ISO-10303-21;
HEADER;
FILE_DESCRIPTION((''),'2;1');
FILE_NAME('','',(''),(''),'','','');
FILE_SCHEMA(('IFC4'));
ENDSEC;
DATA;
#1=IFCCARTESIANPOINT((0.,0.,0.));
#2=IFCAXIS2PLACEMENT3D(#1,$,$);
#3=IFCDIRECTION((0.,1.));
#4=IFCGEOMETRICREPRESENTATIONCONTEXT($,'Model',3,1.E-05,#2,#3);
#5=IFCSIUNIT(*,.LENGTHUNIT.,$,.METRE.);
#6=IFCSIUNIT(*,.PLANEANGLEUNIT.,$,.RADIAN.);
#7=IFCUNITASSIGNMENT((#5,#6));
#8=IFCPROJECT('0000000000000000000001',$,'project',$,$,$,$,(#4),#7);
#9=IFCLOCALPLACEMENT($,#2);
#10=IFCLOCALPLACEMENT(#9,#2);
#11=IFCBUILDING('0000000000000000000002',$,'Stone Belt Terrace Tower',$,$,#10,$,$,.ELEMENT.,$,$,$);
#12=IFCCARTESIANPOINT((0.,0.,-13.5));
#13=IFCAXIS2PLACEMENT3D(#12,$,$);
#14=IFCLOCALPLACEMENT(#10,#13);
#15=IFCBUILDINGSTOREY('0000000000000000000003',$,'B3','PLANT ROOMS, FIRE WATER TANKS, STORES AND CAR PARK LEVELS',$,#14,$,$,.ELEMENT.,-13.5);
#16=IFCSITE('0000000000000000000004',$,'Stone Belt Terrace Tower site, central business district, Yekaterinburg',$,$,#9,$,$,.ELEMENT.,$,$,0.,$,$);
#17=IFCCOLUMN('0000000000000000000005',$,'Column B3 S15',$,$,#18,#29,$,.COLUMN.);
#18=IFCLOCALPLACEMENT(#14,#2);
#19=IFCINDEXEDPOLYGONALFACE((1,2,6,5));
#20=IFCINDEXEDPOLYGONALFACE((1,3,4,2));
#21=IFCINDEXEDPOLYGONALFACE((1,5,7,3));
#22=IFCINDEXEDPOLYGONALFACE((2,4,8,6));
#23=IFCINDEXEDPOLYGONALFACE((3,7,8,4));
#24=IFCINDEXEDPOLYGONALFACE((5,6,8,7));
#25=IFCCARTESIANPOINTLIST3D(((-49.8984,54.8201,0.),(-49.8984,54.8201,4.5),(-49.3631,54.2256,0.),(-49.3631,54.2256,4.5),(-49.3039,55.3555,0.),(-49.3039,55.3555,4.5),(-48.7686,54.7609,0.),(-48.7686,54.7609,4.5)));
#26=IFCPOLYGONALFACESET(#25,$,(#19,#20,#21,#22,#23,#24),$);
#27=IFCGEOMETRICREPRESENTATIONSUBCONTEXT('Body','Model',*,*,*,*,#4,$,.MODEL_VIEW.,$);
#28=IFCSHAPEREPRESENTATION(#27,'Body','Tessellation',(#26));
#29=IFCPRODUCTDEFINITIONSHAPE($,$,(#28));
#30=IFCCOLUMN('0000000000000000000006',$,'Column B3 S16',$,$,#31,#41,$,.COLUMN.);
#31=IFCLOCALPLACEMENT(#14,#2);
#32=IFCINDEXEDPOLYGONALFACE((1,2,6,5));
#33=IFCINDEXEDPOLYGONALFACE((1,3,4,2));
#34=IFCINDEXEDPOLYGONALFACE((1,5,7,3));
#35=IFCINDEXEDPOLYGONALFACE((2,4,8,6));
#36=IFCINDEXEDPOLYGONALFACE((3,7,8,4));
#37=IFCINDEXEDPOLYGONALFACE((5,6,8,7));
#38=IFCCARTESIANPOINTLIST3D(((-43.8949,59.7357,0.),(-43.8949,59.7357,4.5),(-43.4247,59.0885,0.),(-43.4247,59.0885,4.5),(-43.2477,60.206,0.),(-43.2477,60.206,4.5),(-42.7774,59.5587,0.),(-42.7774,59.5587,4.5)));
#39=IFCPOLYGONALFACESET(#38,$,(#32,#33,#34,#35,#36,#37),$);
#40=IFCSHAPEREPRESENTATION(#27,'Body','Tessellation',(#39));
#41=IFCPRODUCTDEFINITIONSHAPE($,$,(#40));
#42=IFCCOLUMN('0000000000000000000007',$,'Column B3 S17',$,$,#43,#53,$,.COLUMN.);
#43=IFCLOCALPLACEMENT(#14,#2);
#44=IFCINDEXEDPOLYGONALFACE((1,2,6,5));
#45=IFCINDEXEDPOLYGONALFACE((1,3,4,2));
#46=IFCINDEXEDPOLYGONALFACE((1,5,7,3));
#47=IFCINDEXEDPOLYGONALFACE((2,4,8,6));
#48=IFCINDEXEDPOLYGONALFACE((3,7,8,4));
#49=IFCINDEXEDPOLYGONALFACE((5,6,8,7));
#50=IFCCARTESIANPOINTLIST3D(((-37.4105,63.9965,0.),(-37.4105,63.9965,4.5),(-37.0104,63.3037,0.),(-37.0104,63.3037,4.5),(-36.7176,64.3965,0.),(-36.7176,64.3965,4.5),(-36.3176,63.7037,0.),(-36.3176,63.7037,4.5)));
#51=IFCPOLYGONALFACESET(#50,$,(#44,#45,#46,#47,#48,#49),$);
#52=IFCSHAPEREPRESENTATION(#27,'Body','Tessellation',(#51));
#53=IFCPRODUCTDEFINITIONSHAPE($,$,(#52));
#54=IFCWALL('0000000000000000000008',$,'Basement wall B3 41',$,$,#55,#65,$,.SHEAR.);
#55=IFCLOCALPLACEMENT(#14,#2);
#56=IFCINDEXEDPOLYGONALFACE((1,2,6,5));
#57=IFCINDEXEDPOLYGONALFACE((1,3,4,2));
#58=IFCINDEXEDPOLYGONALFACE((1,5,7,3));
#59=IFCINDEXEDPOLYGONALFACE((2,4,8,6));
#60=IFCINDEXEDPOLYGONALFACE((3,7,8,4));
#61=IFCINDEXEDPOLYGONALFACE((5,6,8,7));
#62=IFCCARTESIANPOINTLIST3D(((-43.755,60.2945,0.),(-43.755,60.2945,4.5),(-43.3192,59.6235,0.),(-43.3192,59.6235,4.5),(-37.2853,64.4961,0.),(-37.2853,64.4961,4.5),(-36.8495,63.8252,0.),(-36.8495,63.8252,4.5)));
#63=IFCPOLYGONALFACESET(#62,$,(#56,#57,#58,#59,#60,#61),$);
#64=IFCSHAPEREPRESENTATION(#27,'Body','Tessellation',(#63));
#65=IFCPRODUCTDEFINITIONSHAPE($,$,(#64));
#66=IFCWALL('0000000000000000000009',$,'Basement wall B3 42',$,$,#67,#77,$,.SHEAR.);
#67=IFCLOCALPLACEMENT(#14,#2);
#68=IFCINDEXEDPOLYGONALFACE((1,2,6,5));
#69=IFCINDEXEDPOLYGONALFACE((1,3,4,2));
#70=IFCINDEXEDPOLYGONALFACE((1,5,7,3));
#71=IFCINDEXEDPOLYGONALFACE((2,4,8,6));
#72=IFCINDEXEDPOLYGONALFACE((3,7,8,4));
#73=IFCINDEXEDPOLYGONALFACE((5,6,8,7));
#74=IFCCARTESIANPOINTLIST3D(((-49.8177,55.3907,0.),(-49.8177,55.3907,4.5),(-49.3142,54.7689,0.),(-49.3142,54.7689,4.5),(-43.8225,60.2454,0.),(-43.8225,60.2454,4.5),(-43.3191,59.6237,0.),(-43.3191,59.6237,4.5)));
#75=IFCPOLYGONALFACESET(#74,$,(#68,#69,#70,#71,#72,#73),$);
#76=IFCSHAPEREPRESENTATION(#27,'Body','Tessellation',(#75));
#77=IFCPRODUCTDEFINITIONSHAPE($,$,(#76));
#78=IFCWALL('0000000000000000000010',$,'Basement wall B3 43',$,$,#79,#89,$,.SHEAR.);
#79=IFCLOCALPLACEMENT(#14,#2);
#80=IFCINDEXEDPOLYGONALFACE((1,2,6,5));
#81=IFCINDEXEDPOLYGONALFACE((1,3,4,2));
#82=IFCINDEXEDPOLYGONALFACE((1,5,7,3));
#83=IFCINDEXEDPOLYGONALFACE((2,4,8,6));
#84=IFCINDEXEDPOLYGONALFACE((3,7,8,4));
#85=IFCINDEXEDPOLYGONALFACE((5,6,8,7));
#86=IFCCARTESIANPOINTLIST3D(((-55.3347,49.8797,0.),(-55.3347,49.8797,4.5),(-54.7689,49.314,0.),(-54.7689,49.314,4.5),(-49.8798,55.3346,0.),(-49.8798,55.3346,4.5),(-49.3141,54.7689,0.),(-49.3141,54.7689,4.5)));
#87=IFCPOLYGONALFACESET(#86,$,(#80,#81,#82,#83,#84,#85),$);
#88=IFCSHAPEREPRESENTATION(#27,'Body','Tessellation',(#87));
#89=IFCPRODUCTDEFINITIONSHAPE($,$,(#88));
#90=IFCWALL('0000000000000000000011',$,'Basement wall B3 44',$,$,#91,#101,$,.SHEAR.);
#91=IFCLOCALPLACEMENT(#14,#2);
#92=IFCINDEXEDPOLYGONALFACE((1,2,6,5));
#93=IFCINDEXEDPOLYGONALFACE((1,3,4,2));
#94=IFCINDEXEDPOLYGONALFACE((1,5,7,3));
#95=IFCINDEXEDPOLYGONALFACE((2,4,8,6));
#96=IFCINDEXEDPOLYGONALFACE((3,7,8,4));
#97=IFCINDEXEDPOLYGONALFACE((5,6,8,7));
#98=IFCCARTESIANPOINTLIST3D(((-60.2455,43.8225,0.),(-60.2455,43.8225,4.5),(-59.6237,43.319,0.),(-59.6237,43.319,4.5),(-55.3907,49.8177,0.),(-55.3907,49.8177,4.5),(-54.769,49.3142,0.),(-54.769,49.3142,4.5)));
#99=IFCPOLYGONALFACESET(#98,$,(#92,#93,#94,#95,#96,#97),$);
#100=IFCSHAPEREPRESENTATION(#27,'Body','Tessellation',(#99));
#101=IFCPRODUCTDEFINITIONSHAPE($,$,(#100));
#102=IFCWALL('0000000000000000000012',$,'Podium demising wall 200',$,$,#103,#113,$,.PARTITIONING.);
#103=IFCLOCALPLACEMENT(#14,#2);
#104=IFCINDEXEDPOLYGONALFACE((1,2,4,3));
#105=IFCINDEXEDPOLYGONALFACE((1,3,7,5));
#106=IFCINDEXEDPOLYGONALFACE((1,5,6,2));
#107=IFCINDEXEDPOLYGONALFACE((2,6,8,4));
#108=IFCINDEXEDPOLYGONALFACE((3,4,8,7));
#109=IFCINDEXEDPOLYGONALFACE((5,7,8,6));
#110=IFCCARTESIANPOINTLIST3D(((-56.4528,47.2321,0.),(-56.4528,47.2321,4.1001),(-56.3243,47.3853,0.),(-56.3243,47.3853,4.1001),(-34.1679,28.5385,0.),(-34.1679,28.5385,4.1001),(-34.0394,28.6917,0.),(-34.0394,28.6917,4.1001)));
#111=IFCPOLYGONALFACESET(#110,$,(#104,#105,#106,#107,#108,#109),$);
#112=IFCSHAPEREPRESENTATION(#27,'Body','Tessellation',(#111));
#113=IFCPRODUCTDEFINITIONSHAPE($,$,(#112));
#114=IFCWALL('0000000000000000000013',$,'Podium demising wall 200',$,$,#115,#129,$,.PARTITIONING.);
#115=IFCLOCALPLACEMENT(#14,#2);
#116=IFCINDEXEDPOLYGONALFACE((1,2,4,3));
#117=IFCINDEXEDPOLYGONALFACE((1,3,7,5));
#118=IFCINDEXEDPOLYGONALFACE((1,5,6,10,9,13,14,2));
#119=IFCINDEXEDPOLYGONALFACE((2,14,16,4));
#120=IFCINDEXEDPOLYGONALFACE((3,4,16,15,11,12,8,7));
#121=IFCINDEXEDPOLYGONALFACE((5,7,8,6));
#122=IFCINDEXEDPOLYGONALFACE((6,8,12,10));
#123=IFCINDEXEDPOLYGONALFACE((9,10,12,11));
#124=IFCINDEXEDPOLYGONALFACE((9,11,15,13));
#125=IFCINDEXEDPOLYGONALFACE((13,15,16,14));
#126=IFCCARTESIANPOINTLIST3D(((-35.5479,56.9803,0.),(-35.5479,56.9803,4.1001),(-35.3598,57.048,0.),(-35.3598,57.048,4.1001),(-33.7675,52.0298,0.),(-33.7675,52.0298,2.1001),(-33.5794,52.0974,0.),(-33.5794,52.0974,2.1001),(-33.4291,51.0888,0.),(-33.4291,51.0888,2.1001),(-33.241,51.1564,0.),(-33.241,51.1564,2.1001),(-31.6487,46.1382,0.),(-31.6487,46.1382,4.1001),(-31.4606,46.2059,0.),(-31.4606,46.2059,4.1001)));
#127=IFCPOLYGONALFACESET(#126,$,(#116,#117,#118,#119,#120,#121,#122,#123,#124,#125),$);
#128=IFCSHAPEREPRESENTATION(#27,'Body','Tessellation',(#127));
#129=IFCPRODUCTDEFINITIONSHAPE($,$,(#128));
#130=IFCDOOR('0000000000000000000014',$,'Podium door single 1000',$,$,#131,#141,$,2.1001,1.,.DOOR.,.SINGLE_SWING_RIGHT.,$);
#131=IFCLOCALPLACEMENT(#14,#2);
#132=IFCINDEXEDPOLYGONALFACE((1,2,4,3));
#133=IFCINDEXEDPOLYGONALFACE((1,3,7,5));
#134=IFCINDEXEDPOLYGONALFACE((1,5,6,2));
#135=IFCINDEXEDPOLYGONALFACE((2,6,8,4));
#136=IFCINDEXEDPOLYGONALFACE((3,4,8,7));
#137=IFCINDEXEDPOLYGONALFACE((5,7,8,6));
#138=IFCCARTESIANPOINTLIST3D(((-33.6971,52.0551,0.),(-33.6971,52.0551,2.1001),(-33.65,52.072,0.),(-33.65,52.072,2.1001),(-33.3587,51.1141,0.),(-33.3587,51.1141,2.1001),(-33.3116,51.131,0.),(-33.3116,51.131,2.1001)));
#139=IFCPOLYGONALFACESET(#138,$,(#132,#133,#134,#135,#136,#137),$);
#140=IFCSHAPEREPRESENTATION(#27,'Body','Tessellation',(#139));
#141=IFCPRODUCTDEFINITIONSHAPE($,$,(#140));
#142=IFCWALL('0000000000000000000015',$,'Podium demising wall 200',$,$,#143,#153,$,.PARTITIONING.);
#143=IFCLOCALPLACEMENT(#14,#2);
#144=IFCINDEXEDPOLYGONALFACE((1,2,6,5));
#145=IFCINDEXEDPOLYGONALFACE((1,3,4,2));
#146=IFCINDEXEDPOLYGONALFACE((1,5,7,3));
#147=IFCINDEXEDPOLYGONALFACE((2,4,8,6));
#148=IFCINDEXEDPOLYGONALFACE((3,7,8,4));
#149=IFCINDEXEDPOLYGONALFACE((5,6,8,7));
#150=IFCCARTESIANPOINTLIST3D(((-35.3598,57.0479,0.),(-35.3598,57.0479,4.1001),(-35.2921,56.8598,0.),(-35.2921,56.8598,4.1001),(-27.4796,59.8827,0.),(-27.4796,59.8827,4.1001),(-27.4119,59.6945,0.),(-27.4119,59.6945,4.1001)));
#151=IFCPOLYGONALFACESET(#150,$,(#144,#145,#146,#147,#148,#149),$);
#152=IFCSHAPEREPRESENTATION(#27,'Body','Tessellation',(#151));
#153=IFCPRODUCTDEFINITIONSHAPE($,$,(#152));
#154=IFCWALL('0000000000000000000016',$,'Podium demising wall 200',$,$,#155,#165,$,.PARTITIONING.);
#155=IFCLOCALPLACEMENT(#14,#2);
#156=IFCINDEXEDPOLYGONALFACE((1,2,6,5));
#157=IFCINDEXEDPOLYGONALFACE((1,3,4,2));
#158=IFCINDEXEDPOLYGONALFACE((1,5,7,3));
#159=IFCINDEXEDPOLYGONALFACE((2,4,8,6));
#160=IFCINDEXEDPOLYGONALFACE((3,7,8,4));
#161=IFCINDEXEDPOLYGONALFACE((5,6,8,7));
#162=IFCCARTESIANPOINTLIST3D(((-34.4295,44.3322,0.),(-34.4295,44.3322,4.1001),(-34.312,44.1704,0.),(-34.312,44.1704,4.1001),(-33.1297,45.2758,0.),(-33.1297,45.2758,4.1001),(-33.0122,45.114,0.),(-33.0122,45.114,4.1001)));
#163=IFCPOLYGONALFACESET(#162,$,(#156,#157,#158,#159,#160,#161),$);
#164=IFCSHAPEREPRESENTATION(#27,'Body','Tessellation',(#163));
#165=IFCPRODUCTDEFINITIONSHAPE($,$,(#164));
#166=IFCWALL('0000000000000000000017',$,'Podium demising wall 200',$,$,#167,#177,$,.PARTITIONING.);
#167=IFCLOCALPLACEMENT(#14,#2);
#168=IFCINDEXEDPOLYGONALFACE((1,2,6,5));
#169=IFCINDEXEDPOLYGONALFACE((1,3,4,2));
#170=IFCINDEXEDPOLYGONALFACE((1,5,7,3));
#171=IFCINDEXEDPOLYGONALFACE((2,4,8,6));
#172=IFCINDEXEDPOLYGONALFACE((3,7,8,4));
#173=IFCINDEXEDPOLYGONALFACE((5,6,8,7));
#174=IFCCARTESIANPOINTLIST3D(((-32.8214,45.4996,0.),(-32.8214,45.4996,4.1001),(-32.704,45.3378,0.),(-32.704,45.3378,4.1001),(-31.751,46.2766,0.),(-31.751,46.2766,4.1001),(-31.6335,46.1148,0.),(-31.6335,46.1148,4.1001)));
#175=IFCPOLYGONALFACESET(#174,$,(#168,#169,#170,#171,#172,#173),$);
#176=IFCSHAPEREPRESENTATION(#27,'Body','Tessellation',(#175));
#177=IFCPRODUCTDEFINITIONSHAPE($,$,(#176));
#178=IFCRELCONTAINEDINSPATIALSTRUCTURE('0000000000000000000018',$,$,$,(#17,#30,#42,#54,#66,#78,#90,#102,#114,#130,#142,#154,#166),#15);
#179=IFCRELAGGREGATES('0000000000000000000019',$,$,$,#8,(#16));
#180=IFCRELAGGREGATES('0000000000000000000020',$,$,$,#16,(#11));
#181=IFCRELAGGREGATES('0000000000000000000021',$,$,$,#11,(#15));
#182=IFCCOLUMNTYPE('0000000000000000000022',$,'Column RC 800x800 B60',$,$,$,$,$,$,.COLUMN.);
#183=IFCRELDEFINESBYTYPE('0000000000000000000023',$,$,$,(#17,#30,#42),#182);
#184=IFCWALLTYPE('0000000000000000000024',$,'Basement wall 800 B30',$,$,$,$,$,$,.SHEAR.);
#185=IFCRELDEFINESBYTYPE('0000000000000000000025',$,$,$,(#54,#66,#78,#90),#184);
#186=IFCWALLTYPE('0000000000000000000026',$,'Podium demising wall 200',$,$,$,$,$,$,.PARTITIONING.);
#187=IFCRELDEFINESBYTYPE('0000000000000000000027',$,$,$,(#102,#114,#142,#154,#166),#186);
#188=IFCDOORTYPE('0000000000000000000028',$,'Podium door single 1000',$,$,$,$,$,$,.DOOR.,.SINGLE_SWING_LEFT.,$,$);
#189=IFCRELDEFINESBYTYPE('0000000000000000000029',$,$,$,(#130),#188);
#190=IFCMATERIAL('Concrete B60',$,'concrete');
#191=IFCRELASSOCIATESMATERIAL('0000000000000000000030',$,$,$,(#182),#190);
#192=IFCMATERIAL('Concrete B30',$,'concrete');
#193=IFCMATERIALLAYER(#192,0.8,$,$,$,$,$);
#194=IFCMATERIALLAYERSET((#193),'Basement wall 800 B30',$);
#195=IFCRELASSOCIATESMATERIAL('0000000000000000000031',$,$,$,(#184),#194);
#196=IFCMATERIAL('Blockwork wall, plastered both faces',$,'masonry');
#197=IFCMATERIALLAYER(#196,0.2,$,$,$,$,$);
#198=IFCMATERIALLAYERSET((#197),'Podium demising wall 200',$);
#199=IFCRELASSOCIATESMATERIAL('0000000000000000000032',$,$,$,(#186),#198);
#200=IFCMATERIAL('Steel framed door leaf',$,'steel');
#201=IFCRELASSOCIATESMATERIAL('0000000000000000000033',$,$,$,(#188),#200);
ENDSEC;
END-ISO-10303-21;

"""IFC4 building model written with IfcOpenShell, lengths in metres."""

from ifc_helpers import new_model, si_unit, direction, frame, frame_2d, origin, origin_2d, place, context, subcontext, project, spatial, rectangle, extrude, material, layer, layer_set, material_profile, profile_set, type_object, element, fill, save


model = new_model("IFC4")

# Units and contexts
model_context = context("Model", 3, precision=1e-05, world=origin(), true_north=direction((0.0, 1.0)))
body_context = subcontext(model_context, "Body", "Model", "MODEL_VIEW")
ifc_project = project(units=[si_unit("LENGTHUNIT", "METRE"), si_unit("PLANEANGLEUNIT", "RADIAN")], contexts=[model_context])

# Site, building, storey
site_placement = place(None, origin())
site = spatial("IfcSite", under=ifc_project, at=site_placement, Name="Stone Belt Terrace Tower site, central business district, Yekaterinburg", CompositionType="ELEMENT", RefElevation=0.0)
building_placement = place(site_placement, origin())
building = spatial("IfcBuilding", under=site, at=building_placement, Name="Stone Belt Terrace Tower", CompositionType="ELEMENT")
storey_placement = place(building_placement, frame((0.0, 0.0, -13.5)))
storey = spatial("IfcBuildingStorey", under=building, at=storey_placement, Name="B3", Description="PLANT ROOMS, FIRE WATER TANKS, STORES AND CAR PARK LEVELS", CompositionType="ELEMENT", Elevation=-13.5)

# Columns
ifc_material_1 = material(Name="Concrete B60", Category="concrete")
ifc_material_profile_1 = material_profile(ifc_material_1, rectangle(XDim=0.8, YDim=0.8, at=origin_2d()), Name="RC 800x800")
ifc_profile_set_1 = profile_set([ifc_material_profile_1], Name="Concrete B60")
column_type_1 = type_object("IfcColumnType", Name="Column RC 800x800 B60", PredefinedType="COLUMN", material=ifc_profile_set_1)
for number, where, z_axis, x_axis, name in (
    (1, (-49.3335, 54.7905, 0.0), (0.0, 0.0, 1.0), (0.743145, 0.669131, 0.0), "Column B3 S15"),
    (2, (-43.3362, 59.6472, 0.0), (0.0, 0.0, 1.0), (0.809017, 0.587785, 0.0), "Column B3 S16"),
    (3, (-36.864, 63.8501, 0.0), (0.0, 0.0, 1.0), (0.866025, 0.5, 0.0), "Column B3 S17"),
):
    element("IfcColumn", number, at=place(storey_placement, frame(where, z_axis=z_axis, x_axis=x_axis)), inside=storey, type_object=column_type_1, Name=name, PredefinedType="COLUMN", context=body_context, shape_type="SweptSolid", body=[
        extrude(rectangle(XDim=0.8, YDim=0.8, at=origin_2d()), origin(), (0.0, 0.0, 1.0), 4.5),
    ])

# Walls
ifc_material_2 = material(Name="Concrete B30", Category="concrete")
ifc_layer_1 = layer(ifc_material_2, 0.8)
ifc_layer_set_1 = layer_set([ifc_layer_1], Name="Basement wall 800 B30")
wall_type_1 = type_object("IfcWallType", Name="Basement wall 800 B30", PredefinedType="SHEAR", material=ifc_layer_set_1)
for number, where, z_axis, x_axis, name in (
    (4, (-37.0674, 64.1606, 0.0), (0.0, 0.0, 1.0), (-0.83866, -0.544655, 0.0), "Basement wall B3 41"),
    (5, (-43.5708, 59.9346, 0.0), (0.0, 0.0, 1.0), (-0.777147, -0.629319, 0.0), "Basement wall B3 42"),
    (6, (-49.5969, 55.0518, 0.0), (0.0, 0.0, 1.0), (-0.707107, -0.707107, 0.0), "Basement wall B3 43"),
    (7, (-55.0798, 49.5659, 0.0), (0.0, 0.0, 1.0), (-0.629319, -0.777147, 0.0), "Basement wall B3 44"),
):
    element("IfcWall", number, at=place(storey_placement, frame(where, z_axis=z_axis, x_axis=x_axis)), inside=storey, type_object=wall_type_1, Name=name, PredefinedType="SHEAR", context=body_context, shape_type="SweptSolid", body=[
        extrude(rectangle(XDim=7.7144, YDim=0.8, at=frame_2d((3.8572, 0.0))), origin(), (0.0, 0.0, 1.0), 4.5),
    ])
ifc_material_3 = material(Name="Blockwork wall, plastered both faces", Category="masonry")
ifc_layer_2 = layer(ifc_material_3, 0.2)
ifc_layer_set_2 = layer_set([ifc_layer_2], Name="Podium demising wall 200")
wall_type_2 = type_object("IfcWallType", Name="Podium demising wall 200", PredefinedType="PARTITIONING", material=ifc_layer_set_2)
wall_1_placement = place(storey_placement, frame((-56.3884, 47.3086, 0.0), z_axis=(0.0, 0.0, 1.0), x_axis=(0.76614, -0.642673, 0.0)))
element("IfcWall", 8, at=wall_1_placement, inside=storey, type_object=wall_type_2, Name="Podium demising wall 200", PredefinedType="PARTITIONING", context=body_context, shape_type="SweptSolid", body=[
    extrude(rectangle(XDim=29.0872, YDim=0.2, at=frame_2d((14.5435, 0.0))), origin(), (0.0, 0.0, 1.0), 4.1001),
])

# Wall, opening, door
wall_2_placement = place(storey_placement, frame((-35.4539, 57.0142, 0.0), z_axis=(0.0, 0.0, 1.0), x_axis=(0.338415, -0.940997, 0.0)))
wall_2 = element("IfcWall", 9, at=wall_2_placement, inside=storey, type_object=wall_type_2, Name="Podium demising wall 200", PredefinedType="PARTITIONING", context=body_context, shape_type="SweptSolid", body=[
    extrude(rectangle(XDim=11.522, YDim=0.2, at=frame_2d((5.761, 0.0))), origin(), (0.0, 0.0, 1.0), 4.1001),
])
opening_placement = place(wall_2_placement, frame((5.261, 0.0, 0.0)))
opening = element("IfcOpeningElement", 10, at=opening_placement, cuts=wall_2, PredefinedType="OPENING", context=body_context, shape_type="SweptSolid", body=[
    extrude(rectangle(XDim=1.0, YDim=2.1001, at=frame_2d((0.5, 1.05))), frame((0.0, 0.1099, 0.0), z_axis=(0.0, -1.0, 0.0), x_axis=(1.0, 0.0, 0.0)), (0.0, 0.0, 1.0), 0.22),
])
ifc_material_4 = material(Name="Steel framed door leaf", Category="steel")
door_type = type_object("IfcDoorType", Name="Podium door single 1000", OperationType="SINGLE_SWING_LEFT", PredefinedType="DOOR", material=ifc_material_4)
door_placement = place(opening_placement, origin())
door = element("IfcDoor", 11, at=door_placement, inside=storey, type_object=door_type, Name="Podium door single 1000", OperationType="SINGLE_SWING_RIGHT", OverallHeight=2.1001, OverallWidth=1.0, PredefinedType="DOOR", context=body_context, shape_type="SweptSolid", body=[
    extrude(rectangle(XDim=1.0, YDim=2.1001, at=frame_2d((0.5, 1.05))), frame((0.0, 0.0249, 0.0), z_axis=(0.0, -1.0, 0.0), x_axis=(1.0, 0.0, 0.0)), (0.0, 0.0, 1.0), 0.05),
])
fill(opening, door)

# Walls
wall_3_placement = place(storey_placement, frame((-35.3259, 56.9539, 0.0), z_axis=(0.0, 0.0, 1.0), x_axis=(0.940968, 0.338494, 0.0)))
element("IfcWall", 12, at=wall_3_placement, inside=storey, type_object=wall_type_2, Name="Podium demising wall 200", PredefinedType="PARTITIONING", context=body_context, shape_type="SweptSolid", body=[
    extrude(rectangle(XDim=8.3745, YDim=0.2, at=frame_2d((4.1873, 0.0))), origin(), (0.0, 0.0, 1.0), 4.1001),
])
wall_4_placement = place(storey_placement, frame((-34.3708, 44.2512, 0.0), z_axis=(0.0, 0.0, 1.0), x_axis=(0.809242, 0.587476, 0.0)))
element("IfcWall", 13, at=wall_4_placement, inside=storey, type_object=wall_type_2, Name="Podium demising wall 200", PredefinedType="PARTITIONING", context=body_context, shape_type="SweptSolid", body=[
    extrude(rectangle(XDim=1.6062, YDim=0.2, at=frame_2d((0.8032, 0.0))), origin(), (0.0, 0.0, 1.0), 4.1001),
])
wall_5_placement = place(storey_placement, frame((-32.7627, 45.4187, 0.0), z_axis=(0.0, 0.0, 1.0), x_axis=(0.80927, 0.587436, 0.0)))
element("IfcWall", 14, at=wall_5_placement, inside=storey, type_object=wall_type_2, Name="Podium demising wall 200", PredefinedType="PARTITIONING", context=body_context, shape_type="SweptSolid", body=[
    extrude(rectangle(XDim=1.3228, YDim=0.2, at=frame_2d((0.6614, 0.0))), origin(), (0.0, 0.0, 1.0), 4.1001),
])

save(model, "model.ifc")
